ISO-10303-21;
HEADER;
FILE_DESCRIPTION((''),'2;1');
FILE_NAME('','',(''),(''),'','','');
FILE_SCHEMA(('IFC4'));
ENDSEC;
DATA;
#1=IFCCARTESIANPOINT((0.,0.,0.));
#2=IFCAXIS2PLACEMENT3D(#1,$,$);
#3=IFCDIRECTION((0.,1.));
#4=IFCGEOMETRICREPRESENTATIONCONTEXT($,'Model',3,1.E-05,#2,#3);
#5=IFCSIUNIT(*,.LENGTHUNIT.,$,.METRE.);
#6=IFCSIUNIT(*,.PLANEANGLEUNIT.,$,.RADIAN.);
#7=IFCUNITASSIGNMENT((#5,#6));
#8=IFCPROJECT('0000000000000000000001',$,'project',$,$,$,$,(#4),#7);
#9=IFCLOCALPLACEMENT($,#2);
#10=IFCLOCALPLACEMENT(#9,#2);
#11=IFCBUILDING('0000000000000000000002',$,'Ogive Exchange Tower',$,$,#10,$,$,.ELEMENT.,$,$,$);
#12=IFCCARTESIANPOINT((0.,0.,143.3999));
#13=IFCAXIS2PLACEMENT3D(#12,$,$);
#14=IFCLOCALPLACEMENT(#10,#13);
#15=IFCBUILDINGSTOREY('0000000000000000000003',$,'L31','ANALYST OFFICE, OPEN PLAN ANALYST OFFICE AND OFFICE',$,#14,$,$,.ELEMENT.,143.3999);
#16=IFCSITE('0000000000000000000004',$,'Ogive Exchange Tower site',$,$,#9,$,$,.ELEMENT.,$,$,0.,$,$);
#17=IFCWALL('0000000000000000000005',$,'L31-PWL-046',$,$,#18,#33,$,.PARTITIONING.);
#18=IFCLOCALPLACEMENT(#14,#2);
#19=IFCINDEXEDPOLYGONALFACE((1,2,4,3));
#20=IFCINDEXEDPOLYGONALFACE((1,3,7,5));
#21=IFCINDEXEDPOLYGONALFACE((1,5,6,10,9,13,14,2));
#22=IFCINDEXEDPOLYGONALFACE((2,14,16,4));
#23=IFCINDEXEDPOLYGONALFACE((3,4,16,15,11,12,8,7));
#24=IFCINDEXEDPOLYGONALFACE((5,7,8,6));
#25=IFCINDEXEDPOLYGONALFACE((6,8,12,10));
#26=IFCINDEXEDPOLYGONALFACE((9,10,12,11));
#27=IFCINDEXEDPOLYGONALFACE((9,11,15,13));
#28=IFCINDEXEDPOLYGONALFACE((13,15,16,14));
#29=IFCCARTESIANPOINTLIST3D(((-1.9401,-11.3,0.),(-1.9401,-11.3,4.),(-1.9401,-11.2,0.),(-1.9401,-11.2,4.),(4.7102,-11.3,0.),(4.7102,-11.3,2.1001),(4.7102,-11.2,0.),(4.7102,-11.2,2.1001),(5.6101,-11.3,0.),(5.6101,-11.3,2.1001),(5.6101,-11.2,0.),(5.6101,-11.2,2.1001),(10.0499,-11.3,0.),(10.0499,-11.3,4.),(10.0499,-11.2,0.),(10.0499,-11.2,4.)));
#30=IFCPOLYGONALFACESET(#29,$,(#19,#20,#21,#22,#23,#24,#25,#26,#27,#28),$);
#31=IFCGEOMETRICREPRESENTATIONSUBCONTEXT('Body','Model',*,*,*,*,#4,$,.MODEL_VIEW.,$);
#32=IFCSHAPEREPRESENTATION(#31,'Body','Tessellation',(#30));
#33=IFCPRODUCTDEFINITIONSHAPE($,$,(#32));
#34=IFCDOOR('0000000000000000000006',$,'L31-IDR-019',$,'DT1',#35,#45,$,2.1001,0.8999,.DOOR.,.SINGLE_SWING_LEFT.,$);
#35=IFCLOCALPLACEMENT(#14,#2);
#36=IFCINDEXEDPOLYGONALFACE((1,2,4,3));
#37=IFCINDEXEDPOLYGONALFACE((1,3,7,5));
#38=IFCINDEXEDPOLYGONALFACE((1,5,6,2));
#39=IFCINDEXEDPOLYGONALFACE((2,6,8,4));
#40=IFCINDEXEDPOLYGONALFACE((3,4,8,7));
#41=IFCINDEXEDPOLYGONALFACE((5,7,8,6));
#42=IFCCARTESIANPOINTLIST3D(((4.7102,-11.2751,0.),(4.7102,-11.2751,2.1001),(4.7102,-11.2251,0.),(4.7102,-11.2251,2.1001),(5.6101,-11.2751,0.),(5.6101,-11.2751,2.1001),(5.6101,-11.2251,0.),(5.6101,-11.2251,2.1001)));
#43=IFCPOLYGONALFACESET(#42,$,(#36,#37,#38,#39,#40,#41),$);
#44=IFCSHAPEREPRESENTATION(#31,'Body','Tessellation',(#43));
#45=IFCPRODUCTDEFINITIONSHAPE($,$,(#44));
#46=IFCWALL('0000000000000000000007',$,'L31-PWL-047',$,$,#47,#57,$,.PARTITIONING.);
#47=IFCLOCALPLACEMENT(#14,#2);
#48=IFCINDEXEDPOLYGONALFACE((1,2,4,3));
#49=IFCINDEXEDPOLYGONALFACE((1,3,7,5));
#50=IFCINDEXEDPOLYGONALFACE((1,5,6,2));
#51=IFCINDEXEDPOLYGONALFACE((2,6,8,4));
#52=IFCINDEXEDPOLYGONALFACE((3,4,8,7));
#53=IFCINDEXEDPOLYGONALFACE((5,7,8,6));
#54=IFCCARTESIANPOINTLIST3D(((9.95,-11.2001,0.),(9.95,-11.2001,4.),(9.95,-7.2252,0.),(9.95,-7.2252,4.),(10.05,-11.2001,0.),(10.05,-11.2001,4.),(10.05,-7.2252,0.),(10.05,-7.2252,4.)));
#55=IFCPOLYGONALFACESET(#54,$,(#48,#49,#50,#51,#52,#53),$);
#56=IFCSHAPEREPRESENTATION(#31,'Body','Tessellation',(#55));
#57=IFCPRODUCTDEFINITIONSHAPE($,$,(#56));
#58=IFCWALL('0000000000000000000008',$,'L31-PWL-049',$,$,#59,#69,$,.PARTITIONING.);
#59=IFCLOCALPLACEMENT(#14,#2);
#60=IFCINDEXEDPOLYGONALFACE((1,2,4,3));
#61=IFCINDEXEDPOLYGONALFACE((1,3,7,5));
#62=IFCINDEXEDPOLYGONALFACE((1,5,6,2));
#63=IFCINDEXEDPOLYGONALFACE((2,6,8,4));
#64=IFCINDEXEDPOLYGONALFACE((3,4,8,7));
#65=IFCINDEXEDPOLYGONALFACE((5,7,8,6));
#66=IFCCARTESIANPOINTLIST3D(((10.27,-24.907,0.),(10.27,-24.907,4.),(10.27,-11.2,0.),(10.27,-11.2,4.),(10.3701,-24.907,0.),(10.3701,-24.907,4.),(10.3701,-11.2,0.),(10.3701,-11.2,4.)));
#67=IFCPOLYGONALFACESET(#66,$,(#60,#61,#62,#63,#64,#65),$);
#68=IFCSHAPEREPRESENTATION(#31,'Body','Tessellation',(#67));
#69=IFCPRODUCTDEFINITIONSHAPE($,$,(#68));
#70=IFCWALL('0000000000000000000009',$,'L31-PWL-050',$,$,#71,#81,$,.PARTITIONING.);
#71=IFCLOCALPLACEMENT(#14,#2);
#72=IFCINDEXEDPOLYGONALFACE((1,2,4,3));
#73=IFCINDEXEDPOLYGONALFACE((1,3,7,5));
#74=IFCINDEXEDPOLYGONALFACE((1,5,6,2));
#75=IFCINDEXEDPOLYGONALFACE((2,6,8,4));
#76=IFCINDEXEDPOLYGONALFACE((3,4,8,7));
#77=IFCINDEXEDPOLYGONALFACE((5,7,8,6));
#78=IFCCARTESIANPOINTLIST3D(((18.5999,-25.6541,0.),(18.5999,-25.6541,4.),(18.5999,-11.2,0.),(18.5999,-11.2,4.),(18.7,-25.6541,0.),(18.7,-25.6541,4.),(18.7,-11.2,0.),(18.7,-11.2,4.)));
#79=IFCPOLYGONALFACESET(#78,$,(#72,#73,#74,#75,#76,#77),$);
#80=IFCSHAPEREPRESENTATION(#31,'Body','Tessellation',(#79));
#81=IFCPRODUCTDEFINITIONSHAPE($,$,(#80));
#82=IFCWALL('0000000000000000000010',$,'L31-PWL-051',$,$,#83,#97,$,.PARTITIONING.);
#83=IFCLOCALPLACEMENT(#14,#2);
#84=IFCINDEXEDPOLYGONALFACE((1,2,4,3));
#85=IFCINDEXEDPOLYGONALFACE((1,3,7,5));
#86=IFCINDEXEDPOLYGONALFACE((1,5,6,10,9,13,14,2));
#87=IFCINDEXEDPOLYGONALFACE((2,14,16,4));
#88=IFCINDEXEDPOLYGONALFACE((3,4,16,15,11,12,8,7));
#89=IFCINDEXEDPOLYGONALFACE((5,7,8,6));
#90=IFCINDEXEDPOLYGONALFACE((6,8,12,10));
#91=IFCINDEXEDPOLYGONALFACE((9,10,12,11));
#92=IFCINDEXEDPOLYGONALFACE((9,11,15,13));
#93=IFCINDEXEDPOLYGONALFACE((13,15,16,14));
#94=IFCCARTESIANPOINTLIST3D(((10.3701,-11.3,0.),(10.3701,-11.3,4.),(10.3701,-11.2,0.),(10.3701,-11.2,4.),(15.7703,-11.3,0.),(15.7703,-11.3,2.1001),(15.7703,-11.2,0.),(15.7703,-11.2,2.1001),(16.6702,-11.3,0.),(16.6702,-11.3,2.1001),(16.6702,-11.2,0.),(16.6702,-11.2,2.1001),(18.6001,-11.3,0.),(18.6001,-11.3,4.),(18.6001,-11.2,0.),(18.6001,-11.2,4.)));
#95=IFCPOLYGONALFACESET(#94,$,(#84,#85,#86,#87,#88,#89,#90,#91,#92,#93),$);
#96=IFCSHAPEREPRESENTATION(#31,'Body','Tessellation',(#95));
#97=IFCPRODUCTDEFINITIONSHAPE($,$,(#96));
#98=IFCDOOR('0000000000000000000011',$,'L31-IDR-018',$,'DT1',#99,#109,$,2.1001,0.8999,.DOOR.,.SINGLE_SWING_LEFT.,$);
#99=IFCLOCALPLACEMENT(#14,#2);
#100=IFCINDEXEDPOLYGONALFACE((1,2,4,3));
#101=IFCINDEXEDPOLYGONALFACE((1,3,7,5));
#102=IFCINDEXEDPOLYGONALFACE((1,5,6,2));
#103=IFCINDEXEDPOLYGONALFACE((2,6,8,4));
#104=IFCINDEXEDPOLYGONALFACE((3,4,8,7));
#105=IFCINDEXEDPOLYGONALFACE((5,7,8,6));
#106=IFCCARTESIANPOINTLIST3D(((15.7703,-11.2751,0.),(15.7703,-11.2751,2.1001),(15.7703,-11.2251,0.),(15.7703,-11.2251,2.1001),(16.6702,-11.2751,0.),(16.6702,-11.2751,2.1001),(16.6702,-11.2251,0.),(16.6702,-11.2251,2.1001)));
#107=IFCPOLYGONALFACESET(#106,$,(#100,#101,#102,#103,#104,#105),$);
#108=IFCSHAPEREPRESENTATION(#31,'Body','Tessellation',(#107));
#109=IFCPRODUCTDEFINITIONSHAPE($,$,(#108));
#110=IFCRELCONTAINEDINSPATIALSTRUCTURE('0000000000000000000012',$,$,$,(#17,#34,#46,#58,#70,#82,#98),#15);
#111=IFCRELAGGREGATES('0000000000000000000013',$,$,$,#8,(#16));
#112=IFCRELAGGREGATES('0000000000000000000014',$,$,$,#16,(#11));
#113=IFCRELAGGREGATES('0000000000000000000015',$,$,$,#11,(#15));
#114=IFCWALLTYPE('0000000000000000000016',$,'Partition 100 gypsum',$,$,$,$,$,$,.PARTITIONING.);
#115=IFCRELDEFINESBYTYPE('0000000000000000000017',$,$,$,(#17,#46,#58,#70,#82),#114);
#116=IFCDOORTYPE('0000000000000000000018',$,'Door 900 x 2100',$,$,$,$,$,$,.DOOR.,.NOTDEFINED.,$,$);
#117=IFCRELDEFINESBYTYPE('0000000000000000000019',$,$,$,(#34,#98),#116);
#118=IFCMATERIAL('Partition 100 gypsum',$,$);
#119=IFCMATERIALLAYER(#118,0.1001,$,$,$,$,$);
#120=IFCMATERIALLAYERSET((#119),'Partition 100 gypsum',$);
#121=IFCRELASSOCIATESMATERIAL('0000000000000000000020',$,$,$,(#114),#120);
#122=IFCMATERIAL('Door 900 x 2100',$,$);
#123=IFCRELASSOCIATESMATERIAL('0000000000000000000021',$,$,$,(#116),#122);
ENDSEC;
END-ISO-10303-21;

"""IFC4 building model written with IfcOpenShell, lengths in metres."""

from ifc_helpers import new_model, si_unit, direction, frame, frame_2d, origin, place, context, subcontext, project, spatial, rectangle, extrude, material, layer, layer_set, type_object, element, fill, save


model = new_model("IFC4")

# Units and contexts
model_context = context("Model", 3, precision=1e-05, world=origin(), true_north=direction((0.0, 1.0)))
body_context = subcontext(model_context, "Body", "Model", "MODEL_VIEW")
ifc_project = project(units=[si_unit("LENGTHUNIT", "METRE"), si_unit("PLANEANGLEUNIT", "RADIAN")], contexts=[model_context])

# Site, building, storey
site_placement = place(None, origin())
site = spatial("IfcSite", under=ifc_project, at=site_placement, Name="Ogive Exchange Tower site", CompositionType="ELEMENT", RefElevation=0.0)
building_placement = place(site_placement, origin())
building = spatial("IfcBuilding", under=site, at=building_placement, Name="Ogive Exchange Tower", CompositionType="ELEMENT")
storey_placement = place(building_placement, frame((0.0, 0.0, 143.3999)))
storey = spatial("IfcBuildingStorey", under=building, at=storey_placement, Name="L31", Description="ANALYST OFFICE, OPEN PLAN ANALYST OFFICE AND OFFICE", CompositionType="ELEMENT", Elevation=143.3999)

# Wall, opening, door
ifc_material_1 = material(Name="Partition 100 gypsum")
ifc_layer_1 = layer(ifc_material_1, 0.1001)
ifc_layer_set_1 = layer_set([ifc_layer_1], Name="Partition 100 gypsum")
wall_type_1 = type_object("IfcWallType", Name="Partition 100 gypsum", PredefinedType="PARTITIONING", material=ifc_layer_set_1)
wall_1_placement = place(storey_placement, frame((10.05, -11.25, 0.0), z_axis=(0.0, 0.0, 1.0), x_axis=(-1.0, 0.0, 0.0)))
wall_1 = element("IfcWall", 1, at=wall_1_placement, inside=storey, type_object=wall_type_1, Name="L31-PWL-046", PredefinedType="PARTITIONING", context=body_context, shape_type="SweptSolid", body=[
    extrude(rectangle(XDim=11.99, YDim=0.1001, at=frame_2d((5.9951, 0.0))), origin(), (0.0, 0.0, 1.0), 4.0),
])
opening_1_placement = place(wall_1_placement, frame((4.4399, 0.0, 0.0)))
opening_1 = element("IfcOpeningElement", 2, at=opening_1_placement, cuts=wall_1, PredefinedType="OPENING", context=body_context, shape_type="SweptSolid", body=[
    extrude(rectangle(XDim=0.8999, YDim=2.1001, at=frame_2d((0.45, 1.05))), frame((0.0, 0.0601, 0.0), z_axis=(0.0, -1.0, 0.0), x_axis=(1.0, 0.0, 0.0)), (0.0, 0.0, 1.0), 0.1201),
])
ifc_material_2 = material(Name="Door 900 x 2100")
door_type = type_object("IfcDoorType", Name="Door 900 x 2100", OperationType="NOTDEFINED", PredefinedType="DOOR", material=ifc_material_2)
door_1_placement = place(opening_1_placement, frame((0.8999, 0.0, 0.0), z_axis=(0.0, 0.0, 1.0), x_axis=(-1.0, 0.0, 0.0)))
door_1 = element("IfcDoor", 3, at=door_1_placement, inside=storey, type_object=door_type, Name="L31-IDR-019", ObjectType="DT1", OperationType="SINGLE_SWING_LEFT", OverallHeight=2.1001, OverallWidth=0.8999, PredefinedType="DOOR", context=body_context, shape_type="SweptSolid", body=[
    extrude(rectangle(XDim=0.8999, YDim=2.1001, at=frame_2d((0.45, 1.05))), frame((0.0, 0.0249, 0.0), z_axis=(0.0, -1.0, 0.0), x_axis=(1.0, 0.0, 0.0)), (0.0, 0.0, 1.0), 0.05),
])
fill(opening_1, door_1)

# Walls
wall_2_placement = place(storey_placement, frame((10.0, -11.2, 0.0), z_axis=(0.0, 0.0, 1.0), x_axis=(0.0, 1.0, 0.0)))
element("IfcWall", 4, at=wall_2_placement, inside=storey, type_object=wall_type_1, Name="L31-PWL-047", PredefinedType="PARTITIONING", context=body_context, shape_type="SweptSolid", body=[
    extrude(rectangle(XDim=3.9749, YDim=0.1001, at=frame_2d((1.9873, 0.0))), origin(), (0.0, 0.0, 1.0), 4.0),
])
wall_3_placement = place(storey_placement, frame((10.3201, -24.907, 0.0), z_axis=(0.0, 0.0, 1.0), x_axis=(0.0, 1.0, 0.0)))
element("IfcWall", 5, at=wall_3_placement, inside=storey, type_object=wall_type_1, Name="L31-PWL-049", PredefinedType="PARTITIONING", context=body_context, shape_type="SweptSolid", body=[
    extrude(rectangle(XDim=13.707, YDim=0.1001, at=frame_2d((6.8535, 0.0))), origin(), (0.0, 0.0, 1.0), 4.0),
])
wall_4_placement = place(storey_placement, frame((18.6499, -25.6541, 0.0), z_axis=(0.0, 0.0, 1.0), x_axis=(0.0, 1.0, 0.0)))
element("IfcWall", 6, at=wall_4_placement, inside=storey, type_object=wall_type_1, Name="L31-PWL-050", PredefinedType="PARTITIONING", context=body_context, shape_type="SweptSolid", body=[
    extrude(rectangle(XDim=14.4541, YDim=0.1001, at=frame_2d((7.2271, 0.0))), origin(), (0.0, 0.0, 1.0), 4.0),
])

# Wall, opening, door
wall_5_placement = place(storey_placement, frame((18.6001, -11.25, 0.0), z_axis=(0.0, 0.0, 1.0), x_axis=(-1.0, 0.0, 0.0)))
wall_5 = element("IfcWall", 7, at=wall_5_placement, inside=storey, type_object=wall_type_1, Name="L31-PWL-051", PredefinedType="PARTITIONING", context=body_context, shape_type="SweptSolid", body=[
    extrude(rectangle(XDim=8.23, YDim=0.1001, at=frame_2d((4.115, 0.0))), origin(), (0.0, 0.0, 1.0), 4.0),
])
opening_2_placement = place(wall_5_placement, frame((1.9299, 0.0, 0.0)))
opening_2 = element("IfcOpeningElement", 8, at=opening_2_placement, cuts=wall_5, PredefinedType="OPENING", context=body_context, shape_type="SweptSolid", body=[
    extrude(rectangle(XDim=0.8999, YDim=2.1001, at=frame_2d((0.45, 1.05))), frame((0.0, 0.0601, 0.0), z_axis=(0.0, -1.0, 0.0), x_axis=(1.0, 0.0, 0.0)), (0.0, 0.0, 1.0), 0.1201),
])
door_2_placement = place(opening_2_placement, frame((0.8999, 0.0, 0.0), z_axis=(0.0, 0.0, 1.0), x_axis=(-1.0, 0.0, 0.0)))
door_2 = element("IfcDoor", 9, at=door_2_placement, inside=storey, type_object=door_type, Name="L31-IDR-018", ObjectType="DT1", OperationType="SINGLE_SWING_LEFT", OverallHeight=2.1001, OverallWidth=0.8999, PredefinedType="DOOR", context=body_context, shape_type="SweptSolid", body=[
    extrude(rectangle(XDim=0.8999, YDim=2.1001, at=frame_2d((0.45, 1.05))), frame((0.0, 0.0249, 0.0), z_axis=(0.0, -1.0, 0.0), x_axis=(1.0, 0.0, 0.0)), (0.0, 0.0, 1.0), 0.05),
])
fill(opening_2, door_2)

save(model, "model.ifc")
